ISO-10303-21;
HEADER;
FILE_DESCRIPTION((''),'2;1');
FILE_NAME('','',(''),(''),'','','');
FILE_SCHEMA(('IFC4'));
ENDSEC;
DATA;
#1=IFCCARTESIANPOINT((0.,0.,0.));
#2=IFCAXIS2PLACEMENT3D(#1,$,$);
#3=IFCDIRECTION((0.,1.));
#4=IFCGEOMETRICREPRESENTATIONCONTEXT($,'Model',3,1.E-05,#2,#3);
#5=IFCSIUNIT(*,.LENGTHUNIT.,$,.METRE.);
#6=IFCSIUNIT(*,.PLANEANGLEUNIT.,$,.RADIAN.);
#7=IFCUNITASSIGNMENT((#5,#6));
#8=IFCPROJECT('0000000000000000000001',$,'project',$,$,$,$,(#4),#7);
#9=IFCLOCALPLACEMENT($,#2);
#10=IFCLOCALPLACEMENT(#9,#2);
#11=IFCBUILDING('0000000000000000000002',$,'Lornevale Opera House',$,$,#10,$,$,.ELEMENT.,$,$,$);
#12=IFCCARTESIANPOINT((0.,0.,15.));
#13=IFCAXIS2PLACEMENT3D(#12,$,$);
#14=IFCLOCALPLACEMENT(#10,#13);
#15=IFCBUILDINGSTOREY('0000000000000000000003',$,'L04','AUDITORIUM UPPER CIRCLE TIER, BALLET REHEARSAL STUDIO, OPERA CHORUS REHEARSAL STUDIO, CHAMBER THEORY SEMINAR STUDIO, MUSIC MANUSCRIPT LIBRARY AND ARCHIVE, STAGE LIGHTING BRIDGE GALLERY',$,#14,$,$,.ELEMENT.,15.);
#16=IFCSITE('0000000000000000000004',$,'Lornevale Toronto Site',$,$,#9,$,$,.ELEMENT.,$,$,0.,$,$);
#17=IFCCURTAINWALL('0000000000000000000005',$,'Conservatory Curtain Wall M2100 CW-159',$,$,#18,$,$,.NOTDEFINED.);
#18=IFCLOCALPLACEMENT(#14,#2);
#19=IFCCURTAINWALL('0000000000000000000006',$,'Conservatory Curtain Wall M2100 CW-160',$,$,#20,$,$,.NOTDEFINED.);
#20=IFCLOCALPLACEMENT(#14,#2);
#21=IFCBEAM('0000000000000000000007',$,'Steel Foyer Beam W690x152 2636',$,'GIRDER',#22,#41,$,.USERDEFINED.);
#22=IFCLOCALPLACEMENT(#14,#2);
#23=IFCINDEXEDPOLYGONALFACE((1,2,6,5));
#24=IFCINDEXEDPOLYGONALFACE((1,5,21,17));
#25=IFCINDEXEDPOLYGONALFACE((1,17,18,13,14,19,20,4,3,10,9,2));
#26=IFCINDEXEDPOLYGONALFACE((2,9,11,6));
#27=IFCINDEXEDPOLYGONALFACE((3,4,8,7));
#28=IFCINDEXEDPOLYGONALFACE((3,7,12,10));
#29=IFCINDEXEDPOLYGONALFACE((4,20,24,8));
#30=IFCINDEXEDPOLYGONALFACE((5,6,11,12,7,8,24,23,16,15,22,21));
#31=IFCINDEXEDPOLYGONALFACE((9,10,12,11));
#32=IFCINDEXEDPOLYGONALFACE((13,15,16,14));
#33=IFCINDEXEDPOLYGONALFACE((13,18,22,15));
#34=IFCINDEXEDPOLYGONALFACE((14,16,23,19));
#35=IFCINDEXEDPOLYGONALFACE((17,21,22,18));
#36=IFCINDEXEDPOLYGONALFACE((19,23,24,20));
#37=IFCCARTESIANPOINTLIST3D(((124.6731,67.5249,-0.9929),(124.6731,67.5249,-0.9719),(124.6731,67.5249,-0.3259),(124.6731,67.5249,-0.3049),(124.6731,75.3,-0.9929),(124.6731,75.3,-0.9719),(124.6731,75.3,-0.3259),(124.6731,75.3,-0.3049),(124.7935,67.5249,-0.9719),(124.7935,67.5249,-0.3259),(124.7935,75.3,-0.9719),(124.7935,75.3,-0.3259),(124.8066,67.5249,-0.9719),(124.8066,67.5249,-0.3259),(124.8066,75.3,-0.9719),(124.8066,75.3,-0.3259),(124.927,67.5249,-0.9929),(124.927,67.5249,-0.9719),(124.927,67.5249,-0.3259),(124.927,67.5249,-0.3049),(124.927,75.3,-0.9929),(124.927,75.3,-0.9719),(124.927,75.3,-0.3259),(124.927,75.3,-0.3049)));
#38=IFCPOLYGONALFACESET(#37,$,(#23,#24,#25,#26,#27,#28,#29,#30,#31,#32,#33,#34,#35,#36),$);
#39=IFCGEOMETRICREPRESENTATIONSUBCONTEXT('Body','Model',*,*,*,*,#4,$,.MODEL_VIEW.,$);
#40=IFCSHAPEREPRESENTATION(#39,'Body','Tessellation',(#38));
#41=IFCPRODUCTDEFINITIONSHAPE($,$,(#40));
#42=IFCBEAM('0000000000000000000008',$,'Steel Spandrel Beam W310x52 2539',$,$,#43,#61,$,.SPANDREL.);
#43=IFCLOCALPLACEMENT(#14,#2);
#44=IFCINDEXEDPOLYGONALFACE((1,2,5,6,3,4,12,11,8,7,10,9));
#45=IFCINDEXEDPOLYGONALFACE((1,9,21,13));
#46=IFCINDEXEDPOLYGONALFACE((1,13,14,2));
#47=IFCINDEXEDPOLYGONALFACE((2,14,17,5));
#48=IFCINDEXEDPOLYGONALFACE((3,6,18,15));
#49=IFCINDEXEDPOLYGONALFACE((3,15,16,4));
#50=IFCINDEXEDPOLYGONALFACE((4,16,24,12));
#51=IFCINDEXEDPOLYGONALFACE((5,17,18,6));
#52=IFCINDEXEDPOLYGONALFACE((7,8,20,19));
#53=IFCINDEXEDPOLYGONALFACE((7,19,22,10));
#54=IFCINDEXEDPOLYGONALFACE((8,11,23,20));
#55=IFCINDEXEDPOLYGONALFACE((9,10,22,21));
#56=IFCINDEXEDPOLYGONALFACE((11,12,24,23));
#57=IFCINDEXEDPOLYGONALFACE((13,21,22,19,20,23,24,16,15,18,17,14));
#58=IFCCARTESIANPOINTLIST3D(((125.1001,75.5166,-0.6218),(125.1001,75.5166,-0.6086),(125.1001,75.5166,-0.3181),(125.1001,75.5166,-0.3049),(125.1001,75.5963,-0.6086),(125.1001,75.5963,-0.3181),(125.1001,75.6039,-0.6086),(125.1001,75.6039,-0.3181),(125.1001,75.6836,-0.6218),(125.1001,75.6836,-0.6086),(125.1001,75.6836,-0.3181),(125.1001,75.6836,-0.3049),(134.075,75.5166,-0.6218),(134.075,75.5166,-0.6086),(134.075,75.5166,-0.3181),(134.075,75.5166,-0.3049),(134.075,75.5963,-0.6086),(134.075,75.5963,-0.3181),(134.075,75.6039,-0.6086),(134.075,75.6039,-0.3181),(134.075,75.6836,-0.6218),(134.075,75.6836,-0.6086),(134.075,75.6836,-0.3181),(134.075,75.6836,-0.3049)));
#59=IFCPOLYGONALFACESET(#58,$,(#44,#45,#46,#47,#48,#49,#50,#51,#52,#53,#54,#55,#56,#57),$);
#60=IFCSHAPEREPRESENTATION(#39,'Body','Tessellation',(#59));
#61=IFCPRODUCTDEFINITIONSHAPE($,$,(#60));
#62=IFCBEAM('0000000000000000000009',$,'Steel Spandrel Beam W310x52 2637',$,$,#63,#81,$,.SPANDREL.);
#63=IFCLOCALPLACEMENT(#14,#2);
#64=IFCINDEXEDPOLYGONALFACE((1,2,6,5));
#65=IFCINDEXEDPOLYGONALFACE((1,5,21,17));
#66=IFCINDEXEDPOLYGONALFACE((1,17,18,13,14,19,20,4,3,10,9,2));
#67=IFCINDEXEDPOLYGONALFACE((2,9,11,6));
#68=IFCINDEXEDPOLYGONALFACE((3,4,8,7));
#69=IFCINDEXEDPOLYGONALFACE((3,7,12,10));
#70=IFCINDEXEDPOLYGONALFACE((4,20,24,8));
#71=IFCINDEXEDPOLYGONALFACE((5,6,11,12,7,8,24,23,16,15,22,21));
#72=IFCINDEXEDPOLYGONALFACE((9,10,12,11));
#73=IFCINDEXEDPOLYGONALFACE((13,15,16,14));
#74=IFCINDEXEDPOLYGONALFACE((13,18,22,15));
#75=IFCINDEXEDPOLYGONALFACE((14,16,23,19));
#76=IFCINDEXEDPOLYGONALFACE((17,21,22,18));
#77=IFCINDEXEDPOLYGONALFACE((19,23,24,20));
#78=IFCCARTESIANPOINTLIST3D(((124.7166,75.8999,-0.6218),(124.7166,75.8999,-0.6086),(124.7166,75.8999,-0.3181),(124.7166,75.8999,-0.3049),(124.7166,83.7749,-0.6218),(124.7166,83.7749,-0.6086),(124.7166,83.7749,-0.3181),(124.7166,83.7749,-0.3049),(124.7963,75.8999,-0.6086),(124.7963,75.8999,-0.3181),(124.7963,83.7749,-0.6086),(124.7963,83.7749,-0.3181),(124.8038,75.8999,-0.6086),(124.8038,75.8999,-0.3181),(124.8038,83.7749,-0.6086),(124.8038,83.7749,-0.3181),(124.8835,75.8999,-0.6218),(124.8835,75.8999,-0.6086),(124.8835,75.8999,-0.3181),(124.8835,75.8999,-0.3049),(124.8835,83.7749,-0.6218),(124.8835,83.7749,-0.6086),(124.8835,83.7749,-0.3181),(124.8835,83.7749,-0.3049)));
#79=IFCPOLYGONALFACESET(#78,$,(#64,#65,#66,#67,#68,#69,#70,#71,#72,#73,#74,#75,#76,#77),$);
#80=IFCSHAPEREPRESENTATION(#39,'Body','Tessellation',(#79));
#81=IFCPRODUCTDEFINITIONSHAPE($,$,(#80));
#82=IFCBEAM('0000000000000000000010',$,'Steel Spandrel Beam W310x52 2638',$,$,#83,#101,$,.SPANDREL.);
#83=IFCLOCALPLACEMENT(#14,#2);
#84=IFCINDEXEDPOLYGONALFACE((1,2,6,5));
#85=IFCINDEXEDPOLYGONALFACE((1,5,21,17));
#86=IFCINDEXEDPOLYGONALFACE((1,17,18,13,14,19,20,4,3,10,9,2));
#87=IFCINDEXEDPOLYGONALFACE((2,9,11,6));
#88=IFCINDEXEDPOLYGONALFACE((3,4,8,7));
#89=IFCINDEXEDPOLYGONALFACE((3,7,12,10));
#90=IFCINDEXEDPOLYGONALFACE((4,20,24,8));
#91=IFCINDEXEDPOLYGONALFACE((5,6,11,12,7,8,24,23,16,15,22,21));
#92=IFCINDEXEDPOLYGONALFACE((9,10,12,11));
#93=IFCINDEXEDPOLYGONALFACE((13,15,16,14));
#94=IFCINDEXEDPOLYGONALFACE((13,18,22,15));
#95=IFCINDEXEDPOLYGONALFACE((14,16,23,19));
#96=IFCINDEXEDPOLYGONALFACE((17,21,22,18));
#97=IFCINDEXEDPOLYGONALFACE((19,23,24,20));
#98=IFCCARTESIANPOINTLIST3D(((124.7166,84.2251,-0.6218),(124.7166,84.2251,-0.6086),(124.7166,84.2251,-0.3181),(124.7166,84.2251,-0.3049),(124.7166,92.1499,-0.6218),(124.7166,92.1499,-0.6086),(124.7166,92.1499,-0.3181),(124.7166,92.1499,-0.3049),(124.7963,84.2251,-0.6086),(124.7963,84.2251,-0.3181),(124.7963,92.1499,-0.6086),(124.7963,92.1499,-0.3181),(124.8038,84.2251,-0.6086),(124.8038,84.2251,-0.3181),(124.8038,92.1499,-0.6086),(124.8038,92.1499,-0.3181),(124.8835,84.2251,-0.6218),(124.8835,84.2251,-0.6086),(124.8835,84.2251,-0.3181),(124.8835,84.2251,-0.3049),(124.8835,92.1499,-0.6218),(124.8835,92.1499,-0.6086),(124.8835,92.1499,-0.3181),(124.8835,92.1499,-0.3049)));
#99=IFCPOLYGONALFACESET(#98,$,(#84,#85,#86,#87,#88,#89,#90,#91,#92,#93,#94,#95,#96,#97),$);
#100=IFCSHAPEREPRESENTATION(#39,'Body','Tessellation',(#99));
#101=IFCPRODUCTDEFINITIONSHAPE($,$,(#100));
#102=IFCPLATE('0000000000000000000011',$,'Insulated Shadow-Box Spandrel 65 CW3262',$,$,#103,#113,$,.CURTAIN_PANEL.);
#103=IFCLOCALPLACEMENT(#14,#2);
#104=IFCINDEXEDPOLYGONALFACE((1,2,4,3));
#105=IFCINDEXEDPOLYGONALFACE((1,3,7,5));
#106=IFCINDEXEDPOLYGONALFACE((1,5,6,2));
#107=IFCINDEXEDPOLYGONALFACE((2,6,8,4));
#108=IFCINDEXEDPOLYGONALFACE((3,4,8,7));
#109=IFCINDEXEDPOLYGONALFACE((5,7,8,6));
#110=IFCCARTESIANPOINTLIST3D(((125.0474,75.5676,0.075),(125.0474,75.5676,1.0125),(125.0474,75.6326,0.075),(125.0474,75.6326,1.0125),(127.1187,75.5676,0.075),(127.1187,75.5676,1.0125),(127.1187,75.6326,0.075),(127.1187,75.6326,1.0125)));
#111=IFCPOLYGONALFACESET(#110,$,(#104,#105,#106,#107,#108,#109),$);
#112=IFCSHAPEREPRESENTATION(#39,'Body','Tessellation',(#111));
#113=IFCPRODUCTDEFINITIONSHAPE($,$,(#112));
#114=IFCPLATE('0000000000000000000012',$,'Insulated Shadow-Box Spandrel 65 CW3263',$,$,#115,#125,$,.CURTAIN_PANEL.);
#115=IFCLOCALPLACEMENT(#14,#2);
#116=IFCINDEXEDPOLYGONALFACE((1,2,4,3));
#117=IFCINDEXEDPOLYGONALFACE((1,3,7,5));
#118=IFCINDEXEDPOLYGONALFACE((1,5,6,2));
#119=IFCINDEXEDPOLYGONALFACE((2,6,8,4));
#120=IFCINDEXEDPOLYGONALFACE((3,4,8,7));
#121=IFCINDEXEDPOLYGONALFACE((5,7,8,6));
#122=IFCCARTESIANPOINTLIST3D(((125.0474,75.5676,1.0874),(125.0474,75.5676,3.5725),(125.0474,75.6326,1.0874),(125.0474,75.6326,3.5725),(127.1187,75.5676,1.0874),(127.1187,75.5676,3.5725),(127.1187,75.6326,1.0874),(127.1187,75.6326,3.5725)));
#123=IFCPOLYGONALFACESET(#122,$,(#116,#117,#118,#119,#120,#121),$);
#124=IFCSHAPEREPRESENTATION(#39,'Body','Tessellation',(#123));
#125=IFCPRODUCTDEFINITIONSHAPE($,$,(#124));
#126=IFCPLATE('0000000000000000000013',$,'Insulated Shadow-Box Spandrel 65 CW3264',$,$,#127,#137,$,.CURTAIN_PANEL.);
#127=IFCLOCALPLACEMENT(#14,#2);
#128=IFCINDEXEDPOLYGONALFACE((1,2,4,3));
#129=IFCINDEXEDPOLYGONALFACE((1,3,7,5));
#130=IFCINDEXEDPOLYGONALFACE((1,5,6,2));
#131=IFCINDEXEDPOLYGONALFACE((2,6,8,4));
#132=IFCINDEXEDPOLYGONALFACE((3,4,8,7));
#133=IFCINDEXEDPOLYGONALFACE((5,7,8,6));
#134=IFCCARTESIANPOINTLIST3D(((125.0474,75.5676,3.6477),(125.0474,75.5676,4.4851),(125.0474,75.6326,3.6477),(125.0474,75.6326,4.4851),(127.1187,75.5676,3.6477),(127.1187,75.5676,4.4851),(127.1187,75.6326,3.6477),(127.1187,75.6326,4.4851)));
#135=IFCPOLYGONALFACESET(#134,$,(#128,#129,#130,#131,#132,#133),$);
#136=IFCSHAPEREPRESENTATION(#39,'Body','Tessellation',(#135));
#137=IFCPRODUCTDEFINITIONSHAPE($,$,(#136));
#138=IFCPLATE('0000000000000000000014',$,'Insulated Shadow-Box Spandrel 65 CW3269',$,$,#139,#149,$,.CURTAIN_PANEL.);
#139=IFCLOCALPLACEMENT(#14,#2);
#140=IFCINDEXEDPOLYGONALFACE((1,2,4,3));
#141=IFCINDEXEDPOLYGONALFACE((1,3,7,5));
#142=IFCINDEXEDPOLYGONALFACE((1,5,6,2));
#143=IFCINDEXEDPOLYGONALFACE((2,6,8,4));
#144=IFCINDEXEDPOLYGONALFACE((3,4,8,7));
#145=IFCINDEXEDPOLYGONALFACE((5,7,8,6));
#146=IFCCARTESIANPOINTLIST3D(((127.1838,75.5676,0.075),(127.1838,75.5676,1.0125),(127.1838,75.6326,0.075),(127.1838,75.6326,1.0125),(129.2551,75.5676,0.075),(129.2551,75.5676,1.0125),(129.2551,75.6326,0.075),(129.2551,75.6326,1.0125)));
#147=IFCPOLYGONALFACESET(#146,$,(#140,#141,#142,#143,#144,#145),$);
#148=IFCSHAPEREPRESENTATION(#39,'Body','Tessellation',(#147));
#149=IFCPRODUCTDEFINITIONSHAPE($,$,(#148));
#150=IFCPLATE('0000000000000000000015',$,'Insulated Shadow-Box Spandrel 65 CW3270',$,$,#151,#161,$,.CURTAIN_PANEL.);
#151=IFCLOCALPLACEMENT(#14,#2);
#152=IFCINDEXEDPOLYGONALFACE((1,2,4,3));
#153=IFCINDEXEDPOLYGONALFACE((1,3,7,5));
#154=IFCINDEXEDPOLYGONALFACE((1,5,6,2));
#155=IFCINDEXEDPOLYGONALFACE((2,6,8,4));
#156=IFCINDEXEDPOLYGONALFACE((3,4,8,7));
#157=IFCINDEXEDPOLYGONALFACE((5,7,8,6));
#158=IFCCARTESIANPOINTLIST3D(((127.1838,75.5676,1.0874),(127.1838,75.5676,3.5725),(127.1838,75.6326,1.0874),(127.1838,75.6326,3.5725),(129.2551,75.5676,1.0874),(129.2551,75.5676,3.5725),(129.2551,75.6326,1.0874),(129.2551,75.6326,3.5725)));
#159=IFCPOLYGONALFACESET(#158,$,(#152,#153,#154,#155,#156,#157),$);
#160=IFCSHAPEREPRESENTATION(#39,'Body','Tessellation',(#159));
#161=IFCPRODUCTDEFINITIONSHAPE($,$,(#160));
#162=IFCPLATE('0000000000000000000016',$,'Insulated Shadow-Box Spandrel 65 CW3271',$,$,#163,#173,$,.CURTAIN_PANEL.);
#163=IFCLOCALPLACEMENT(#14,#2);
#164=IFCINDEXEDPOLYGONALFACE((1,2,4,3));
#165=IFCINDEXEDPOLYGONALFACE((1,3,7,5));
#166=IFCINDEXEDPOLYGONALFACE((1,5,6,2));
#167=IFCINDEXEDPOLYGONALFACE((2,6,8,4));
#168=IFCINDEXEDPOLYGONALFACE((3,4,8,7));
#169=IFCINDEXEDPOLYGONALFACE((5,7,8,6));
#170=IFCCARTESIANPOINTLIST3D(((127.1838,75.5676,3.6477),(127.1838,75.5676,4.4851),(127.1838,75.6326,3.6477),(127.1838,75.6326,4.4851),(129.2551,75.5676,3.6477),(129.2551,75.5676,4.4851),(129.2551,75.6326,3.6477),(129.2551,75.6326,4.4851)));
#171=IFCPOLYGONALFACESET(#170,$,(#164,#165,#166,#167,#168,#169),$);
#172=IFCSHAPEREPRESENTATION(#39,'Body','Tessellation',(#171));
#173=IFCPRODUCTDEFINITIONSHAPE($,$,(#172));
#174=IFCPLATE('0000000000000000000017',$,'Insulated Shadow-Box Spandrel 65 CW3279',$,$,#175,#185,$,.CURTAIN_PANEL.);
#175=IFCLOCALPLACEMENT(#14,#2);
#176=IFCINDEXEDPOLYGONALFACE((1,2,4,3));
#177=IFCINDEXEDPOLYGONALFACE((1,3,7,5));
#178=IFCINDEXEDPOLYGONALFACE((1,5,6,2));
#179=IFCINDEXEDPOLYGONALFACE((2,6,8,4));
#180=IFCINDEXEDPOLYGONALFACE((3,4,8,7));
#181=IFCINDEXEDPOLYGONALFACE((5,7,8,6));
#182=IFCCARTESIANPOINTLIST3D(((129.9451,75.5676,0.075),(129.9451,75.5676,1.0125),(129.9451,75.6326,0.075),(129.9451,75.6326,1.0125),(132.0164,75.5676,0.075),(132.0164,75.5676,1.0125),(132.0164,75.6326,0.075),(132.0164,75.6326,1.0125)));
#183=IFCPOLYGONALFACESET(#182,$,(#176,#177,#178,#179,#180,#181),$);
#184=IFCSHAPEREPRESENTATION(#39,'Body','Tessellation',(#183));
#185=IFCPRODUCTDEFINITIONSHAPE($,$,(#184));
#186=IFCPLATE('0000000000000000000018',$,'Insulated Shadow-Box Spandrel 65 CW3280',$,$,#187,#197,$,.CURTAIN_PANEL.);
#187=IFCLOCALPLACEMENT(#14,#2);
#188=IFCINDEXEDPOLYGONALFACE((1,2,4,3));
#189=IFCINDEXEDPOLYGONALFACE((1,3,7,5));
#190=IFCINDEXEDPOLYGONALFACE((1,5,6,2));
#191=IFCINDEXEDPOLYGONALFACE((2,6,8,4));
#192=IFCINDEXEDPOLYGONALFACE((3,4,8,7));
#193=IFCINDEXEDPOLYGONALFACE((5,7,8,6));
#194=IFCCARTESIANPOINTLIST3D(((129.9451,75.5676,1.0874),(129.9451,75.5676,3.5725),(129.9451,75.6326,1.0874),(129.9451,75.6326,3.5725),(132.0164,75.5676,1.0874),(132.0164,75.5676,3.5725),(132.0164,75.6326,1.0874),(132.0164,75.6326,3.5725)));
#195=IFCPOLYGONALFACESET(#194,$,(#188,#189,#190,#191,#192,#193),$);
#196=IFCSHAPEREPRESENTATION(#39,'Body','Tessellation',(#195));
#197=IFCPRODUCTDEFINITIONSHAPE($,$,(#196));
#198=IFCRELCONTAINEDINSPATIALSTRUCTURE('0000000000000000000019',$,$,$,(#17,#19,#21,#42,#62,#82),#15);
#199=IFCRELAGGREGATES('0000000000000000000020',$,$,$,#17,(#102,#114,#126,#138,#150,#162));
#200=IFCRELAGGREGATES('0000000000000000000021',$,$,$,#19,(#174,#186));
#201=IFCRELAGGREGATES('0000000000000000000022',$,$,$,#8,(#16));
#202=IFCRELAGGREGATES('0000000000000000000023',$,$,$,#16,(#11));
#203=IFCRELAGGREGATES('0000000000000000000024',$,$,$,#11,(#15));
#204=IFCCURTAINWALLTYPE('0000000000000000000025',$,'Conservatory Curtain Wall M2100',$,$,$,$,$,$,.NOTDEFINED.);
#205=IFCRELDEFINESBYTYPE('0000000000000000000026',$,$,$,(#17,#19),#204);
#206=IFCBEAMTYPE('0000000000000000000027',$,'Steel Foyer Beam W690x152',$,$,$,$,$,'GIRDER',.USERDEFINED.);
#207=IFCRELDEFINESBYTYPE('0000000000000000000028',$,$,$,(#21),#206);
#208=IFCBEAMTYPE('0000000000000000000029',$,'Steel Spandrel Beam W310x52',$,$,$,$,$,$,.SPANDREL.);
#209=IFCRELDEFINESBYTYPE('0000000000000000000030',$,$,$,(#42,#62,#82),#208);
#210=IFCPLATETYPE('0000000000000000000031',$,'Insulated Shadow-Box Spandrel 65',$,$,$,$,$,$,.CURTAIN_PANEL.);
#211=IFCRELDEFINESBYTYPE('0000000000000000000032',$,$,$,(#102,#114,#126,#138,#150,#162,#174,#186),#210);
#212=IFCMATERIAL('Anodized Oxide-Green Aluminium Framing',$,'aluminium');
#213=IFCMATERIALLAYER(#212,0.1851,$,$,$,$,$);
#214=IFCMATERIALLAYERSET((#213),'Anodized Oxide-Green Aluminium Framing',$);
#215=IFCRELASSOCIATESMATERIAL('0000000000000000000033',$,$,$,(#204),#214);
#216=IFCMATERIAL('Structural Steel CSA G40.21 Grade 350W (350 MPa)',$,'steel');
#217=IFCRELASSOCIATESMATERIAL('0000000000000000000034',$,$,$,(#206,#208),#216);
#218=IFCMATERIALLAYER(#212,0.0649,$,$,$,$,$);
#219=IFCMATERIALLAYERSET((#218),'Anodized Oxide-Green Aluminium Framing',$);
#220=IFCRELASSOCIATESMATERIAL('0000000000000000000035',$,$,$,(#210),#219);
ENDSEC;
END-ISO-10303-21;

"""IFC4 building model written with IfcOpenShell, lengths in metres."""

from ifc_helpers import new_model, si_unit, direction, frame, origin, origin_2d, place, context, subcontext, project, spatial, rectangle, i_section, extrude, material, layer, layer_set, material_profile, profile_set, type_object, element, aggregate, save


model = new_model("IFC4")

# Units and contexts
model_context = context("Model", 3, precision=1e-05, world=origin(), true_north=direction((0.0, 1.0)))
body_context = subcontext(model_context, "Body", "Model", "MODEL_VIEW")
ifc_project = project(units=[si_unit("LENGTHUNIT", "METRE"), si_unit("PLANEANGLEUNIT", "RADIAN")], contexts=[model_context])

# Site, building, storey
site_placement = place(None, origin())
site = spatial("IfcSite", under=ifc_project, at=site_placement, Name="Lornevale Toronto Site", CompositionType="ELEMENT", RefElevation=0.0)
building_placement = place(site_placement, origin())
building = spatial("IfcBuilding", under=site, at=building_placement, Name="Lornevale Opera House", CompositionType="ELEMENT")
storey_placement = place(building_placement, frame((0.0, 0.0, 15.0)))
storey = spatial("IfcBuildingStorey", under=building, at=storey_placement, Name="L04", Description="AUDITORIUM UPPER CIRCLE TIER, BALLET REHEARSAL STUDIO, OPERA CHORUS REHEARSAL STUDIO, CHAMBER THEORY SEMINAR STUDIO, MUSIC MANUSCRIPT LIBRARY AND ARCHIVE, STAGE LIGHTING BRIDGE GALLERY", CompositionType="ELEMENT", Elevation=15.0)

# Shared definitions
ifc_material_1 = material(Name="Structural Steel CSA G40.21 Grade 350W (350 MPa)", Category="steel")

# Curtain wall
ifc_material_2 = material(Name="Anodized Oxide-Green Aluminium Framing", Category="aluminium")
ifc_layer_1 = layer(ifc_material_2, 0.1851)
ifc_layer_set_1 = layer_set([ifc_layer_1], Name="Anodized Oxide-Green Aluminium Framing")
curtain_wall_type = type_object("IfcCurtainWallType", Name="Conservatory Curtain Wall M2100", PredefinedType="NOTDEFINED", material=ifc_layer_set_1)
curtain_wall_1_placement = place(storey_placement, origin())
curtain_wall_1 = element("IfcCurtainWall", 1, at=curtain_wall_1_placement, inside=storey, type_object=curtain_wall_type, Name="Conservatory Curtain Wall M2100 CW-159", PredefinedType="NOTDEFINED")

# Curtain wall
curtain_wall_2_placement = place(storey_placement, origin())
curtain_wall_2 = element("IfcCurtainWall", 2, at=curtain_wall_2_placement, inside=storey, type_object=curtain_wall_type, Name="Conservatory Curtain Wall M2100 CW-160", PredefinedType="NOTDEFINED")

# Beams
ifc_material_profile_1 = material_profile(ifc_material_1, i_section(OverallWidth=0.2539, OverallDepth=0.688, WebThickness=0.0132, FlangeThickness=0.021, at=origin_2d()), Name="W690x152")
ifc_profile_set_1 = profile_set([ifc_material_profile_1], Name="Structural Steel CSA G40.21 Grade 350W (350 MPa)")
beam_type_1 = type_object("IfcBeamType", Name="Steel Foyer Beam W690x152", ElementType="GIRDER", PredefinedType="USERDEFINED", material=ifc_profile_set_1)
beam_1_placement = place(storey_placement, frame((124.8, 67.5249, -0.6489), z_axis=(0.0, 1.0, 0.0), x_axis=(-1.0, 0.0, 0.0)))
element("IfcBeam", 3, at=beam_1_placement, inside=storey, type_object=beam_type_1, Name="Steel Foyer Beam W690x152 2636", ObjectType="GIRDER", PredefinedType="USERDEFINED", context=body_context, shape_type="SweptSolid", body=[
    extrude(i_section(OverallWidth=0.2539, OverallDepth=0.688, WebThickness=0.0132, FlangeThickness=0.021, at=origin_2d()), origin(), (0.0, 0.0, 1.0), 7.7751),
])
ifc_material_profile_2 = material_profile(ifc_material_1, i_section(OverallWidth=0.167, OverallDepth=0.3169, WebThickness=0.0076, FlangeThickness=0.0132, at=origin_2d()), Name="W310x52")
ifc_profile_set_2 = profile_set([ifc_material_profile_2], Name="Structural Steel CSA G40.21 Grade 350W (350 MPa)")
beam_type_2 = type_object("IfcBeamType", Name="Steel Spandrel Beam W310x52", PredefinedType="SPANDREL", material=ifc_profile_set_2)
beam_2_placement = place(storey_placement, frame((125.1001, 75.6001, -0.4634), z_axis=(1.0, 0.0, 0.0), x_axis=(0.0, 1.0, 0.0)))
element("IfcBeam", 4, at=beam_2_placement, inside=storey, type_object=beam_type_2, Name="Steel Spandrel Beam W310x52 2539", PredefinedType="SPANDREL", context=body_context, shape_type="SweptSolid", body=[
    extrude(i_section(OverallWidth=0.167, OverallDepth=0.3169, WebThickness=0.0076, FlangeThickness=0.0132, at=origin_2d()), origin(), (0.0, 0.0, 1.0), 8.9749),
])
beam_3_placement = place(storey_placement, frame((124.8, 75.8999, -0.4634), z_axis=(0.0, 1.0, 0.0), x_axis=(-1.0, 0.0, 0.0)))
element("IfcBeam", 5, at=beam_3_placement, inside=storey, type_object=beam_type_2, Name="Steel Spandrel Beam W310x52 2637", PredefinedType="SPANDREL", context=body_context, shape_type="SweptSolid", body=[
    extrude(i_section(OverallWidth=0.167, OverallDepth=0.3169, WebThickness=0.0076, FlangeThickness=0.0132, at=origin_2d()), origin(), (0.0, 0.0, 1.0), 7.875),
])
beam_4_placement = place(storey_placement, frame((124.8, 84.2251, -0.4634), z_axis=(0.0, 1.0, 0.0), x_axis=(-1.0, 0.0, 0.0)))
element("IfcBeam", 6, at=beam_4_placement, inside=storey, type_object=beam_type_2, Name="Steel Spandrel Beam W310x52 2638", PredefinedType="SPANDREL", context=body_context, shape_type="SweptSolid", body=[
    extrude(i_section(OverallWidth=0.167, OverallDepth=0.3169, WebThickness=0.0076, FlangeThickness=0.0132, at=origin_2d()), origin(), (0.0, 0.0, 1.0), 7.9248),
])

# Plates
ifc_layer_2 = layer(ifc_material_2, 0.0649)
ifc_layer_set_2 = layer_set([ifc_layer_2], Name="Anodized Oxide-Green Aluminium Framing")
plate_type = type_object("IfcPlateType", Name="Insulated Shadow-Box Spandrel 65", PredefinedType="CURTAIN_PANEL", material=ifc_layer_set_2)
plate_1_placement = place(storey_placement, frame((126.083, 75.6001, 0.075), z_axis=(0.0, 0.0, 1.0), x_axis=(1.0, 0.0, 0.0)))
plate_1 = element("IfcPlate", 7, at=plate_1_placement, type_object=plate_type, Name="Insulated Shadow-Box Spandrel 65 CW3262", PredefinedType="CURTAIN_PANEL", context=body_context, shape_type="SweptSolid", body=[
    extrude(rectangle(XDim=2.0713, YDim=0.0649, at=origin_2d()), origin(), (0.0, 0.0, 1.0), 0.9375),
])
plate_2_placement = place(storey_placement, frame((126.083, 75.6001, 1.0874), z_axis=(0.0, 0.0, 1.0), x_axis=(1.0, 0.0, 0.0)))
plate_2 = element("IfcPlate", 8, at=plate_2_placement, type_object=plate_type, Name="Insulated Shadow-Box Spandrel 65 CW3263", PredefinedType="CURTAIN_PANEL", context=body_context, shape_type="SweptSolid", body=[
    extrude(rectangle(XDim=2.0713, YDim=0.0649, at=origin_2d()), origin(), (0.0, 0.0, 1.0), 2.4851),
])
plate_3_placement = place(storey_placement, frame((126.083, 75.6001, 3.6477), z_axis=(0.0, 0.0, 1.0), x_axis=(1.0, 0.0, 0.0)))
plate_3 = element("IfcPlate", 9, at=plate_3_placement, type_object=plate_type, Name="Insulated Shadow-Box Spandrel 65 CW3264", PredefinedType="CURTAIN_PANEL", context=body_context, shape_type="SweptSolid", body=[
    extrude(rectangle(XDim=2.0713, YDim=0.0649, at=origin_2d()), origin(), (0.0, 0.0, 1.0), 0.8374),
])
plate_4_placement = place(storey_placement, frame((128.2195, 75.6001, 0.075), z_axis=(0.0, 0.0, 1.0), x_axis=(1.0, 0.0, 0.0)))
plate_4 = element("IfcPlate", 10, at=plate_4_placement, type_object=plate_type, Name="Insulated Shadow-Box Spandrel 65 CW3269", PredefinedType="CURTAIN_PANEL", context=body_context, shape_type="SweptSolid", body=[
    extrude(rectangle(XDim=2.0713, YDim=0.0649, at=origin_2d()), origin(), (0.0, 0.0, 1.0), 0.9375),
])
plate_5_placement = place(storey_placement, frame((128.2195, 75.6001, 1.0874), z_axis=(0.0, 0.0, 1.0), x_axis=(1.0, 0.0, 0.0)))
plate_5 = element("IfcPlate", 11, at=plate_5_placement, type_object=plate_type, Name="Insulated Shadow-Box Spandrel 65 CW3270", PredefinedType="CURTAIN_PANEL", context=body_context, shape_type="SweptSolid", body=[
    extrude(rectangle(XDim=2.0713, YDim=0.0649, at=origin_2d()), origin(), (0.0, 0.0, 1.0), 2.4851),
])
plate_6_placement = place(storey_placement, frame((128.2195, 75.6001, 3.6477), z_axis=(0.0, 0.0, 1.0), x_axis=(1.0, 0.0, 0.0)))
plate_6 = element("IfcPlate", 12, at=plate_6_placement, type_object=plate_type, Name="Insulated Shadow-Box Spandrel 65 CW3271", PredefinedType="CURTAIN_PANEL", context=body_context, shape_type="SweptSolid", body=[
    extrude(rectangle(XDim=2.0713, YDim=0.0649, at=origin_2d()), origin(), (0.0, 0.0, 1.0), 0.8374),
])
aggregate(curtain_wall_1, [plate_1, plate_2, plate_3, plate_4, plate_5, plate_6])
plate_7_placement = place(storey_placement, frame((130.9807, 75.6001, 0.075), z_axis=(0.0, 0.0, 1.0), x_axis=(1.0, 0.0, 0.0)))
plate_7 = element("IfcPlate", 13, at=plate_7_placement, type_object=plate_type, Name="Insulated Shadow-Box Spandrel 65 CW3279", PredefinedType="CURTAIN_PANEL", context=body_context, shape_type="SweptSolid", body=[
    extrude(rectangle(XDim=2.0713, YDim=0.0649, at=origin_2d()), origin(), (0.0, 0.0, 1.0), 0.9375),
])
plate_8_placement = place(storey_placement, frame((130.9807, 75.6001, 1.0874), z_axis=(0.0, 0.0, 1.0), x_axis=(1.0, 0.0, 0.0)))
plate_8 = element("IfcPlate", 14, at=plate_8_placement, type_object=plate_type, Name="Insulated Shadow-Box Spandrel 65 CW3280", PredefinedType="CURTAIN_PANEL", context=body_context, shape_type="SweptSolid", body=[
    extrude(rectangle(XDim=2.0713, YDim=0.0649, at=origin_2d()), origin(), (0.0, 0.0, 1.0), 2.4851),
])
aggregate(curtain_wall_2, [plate_7, plate_8])

save(model, "model.ifc")
